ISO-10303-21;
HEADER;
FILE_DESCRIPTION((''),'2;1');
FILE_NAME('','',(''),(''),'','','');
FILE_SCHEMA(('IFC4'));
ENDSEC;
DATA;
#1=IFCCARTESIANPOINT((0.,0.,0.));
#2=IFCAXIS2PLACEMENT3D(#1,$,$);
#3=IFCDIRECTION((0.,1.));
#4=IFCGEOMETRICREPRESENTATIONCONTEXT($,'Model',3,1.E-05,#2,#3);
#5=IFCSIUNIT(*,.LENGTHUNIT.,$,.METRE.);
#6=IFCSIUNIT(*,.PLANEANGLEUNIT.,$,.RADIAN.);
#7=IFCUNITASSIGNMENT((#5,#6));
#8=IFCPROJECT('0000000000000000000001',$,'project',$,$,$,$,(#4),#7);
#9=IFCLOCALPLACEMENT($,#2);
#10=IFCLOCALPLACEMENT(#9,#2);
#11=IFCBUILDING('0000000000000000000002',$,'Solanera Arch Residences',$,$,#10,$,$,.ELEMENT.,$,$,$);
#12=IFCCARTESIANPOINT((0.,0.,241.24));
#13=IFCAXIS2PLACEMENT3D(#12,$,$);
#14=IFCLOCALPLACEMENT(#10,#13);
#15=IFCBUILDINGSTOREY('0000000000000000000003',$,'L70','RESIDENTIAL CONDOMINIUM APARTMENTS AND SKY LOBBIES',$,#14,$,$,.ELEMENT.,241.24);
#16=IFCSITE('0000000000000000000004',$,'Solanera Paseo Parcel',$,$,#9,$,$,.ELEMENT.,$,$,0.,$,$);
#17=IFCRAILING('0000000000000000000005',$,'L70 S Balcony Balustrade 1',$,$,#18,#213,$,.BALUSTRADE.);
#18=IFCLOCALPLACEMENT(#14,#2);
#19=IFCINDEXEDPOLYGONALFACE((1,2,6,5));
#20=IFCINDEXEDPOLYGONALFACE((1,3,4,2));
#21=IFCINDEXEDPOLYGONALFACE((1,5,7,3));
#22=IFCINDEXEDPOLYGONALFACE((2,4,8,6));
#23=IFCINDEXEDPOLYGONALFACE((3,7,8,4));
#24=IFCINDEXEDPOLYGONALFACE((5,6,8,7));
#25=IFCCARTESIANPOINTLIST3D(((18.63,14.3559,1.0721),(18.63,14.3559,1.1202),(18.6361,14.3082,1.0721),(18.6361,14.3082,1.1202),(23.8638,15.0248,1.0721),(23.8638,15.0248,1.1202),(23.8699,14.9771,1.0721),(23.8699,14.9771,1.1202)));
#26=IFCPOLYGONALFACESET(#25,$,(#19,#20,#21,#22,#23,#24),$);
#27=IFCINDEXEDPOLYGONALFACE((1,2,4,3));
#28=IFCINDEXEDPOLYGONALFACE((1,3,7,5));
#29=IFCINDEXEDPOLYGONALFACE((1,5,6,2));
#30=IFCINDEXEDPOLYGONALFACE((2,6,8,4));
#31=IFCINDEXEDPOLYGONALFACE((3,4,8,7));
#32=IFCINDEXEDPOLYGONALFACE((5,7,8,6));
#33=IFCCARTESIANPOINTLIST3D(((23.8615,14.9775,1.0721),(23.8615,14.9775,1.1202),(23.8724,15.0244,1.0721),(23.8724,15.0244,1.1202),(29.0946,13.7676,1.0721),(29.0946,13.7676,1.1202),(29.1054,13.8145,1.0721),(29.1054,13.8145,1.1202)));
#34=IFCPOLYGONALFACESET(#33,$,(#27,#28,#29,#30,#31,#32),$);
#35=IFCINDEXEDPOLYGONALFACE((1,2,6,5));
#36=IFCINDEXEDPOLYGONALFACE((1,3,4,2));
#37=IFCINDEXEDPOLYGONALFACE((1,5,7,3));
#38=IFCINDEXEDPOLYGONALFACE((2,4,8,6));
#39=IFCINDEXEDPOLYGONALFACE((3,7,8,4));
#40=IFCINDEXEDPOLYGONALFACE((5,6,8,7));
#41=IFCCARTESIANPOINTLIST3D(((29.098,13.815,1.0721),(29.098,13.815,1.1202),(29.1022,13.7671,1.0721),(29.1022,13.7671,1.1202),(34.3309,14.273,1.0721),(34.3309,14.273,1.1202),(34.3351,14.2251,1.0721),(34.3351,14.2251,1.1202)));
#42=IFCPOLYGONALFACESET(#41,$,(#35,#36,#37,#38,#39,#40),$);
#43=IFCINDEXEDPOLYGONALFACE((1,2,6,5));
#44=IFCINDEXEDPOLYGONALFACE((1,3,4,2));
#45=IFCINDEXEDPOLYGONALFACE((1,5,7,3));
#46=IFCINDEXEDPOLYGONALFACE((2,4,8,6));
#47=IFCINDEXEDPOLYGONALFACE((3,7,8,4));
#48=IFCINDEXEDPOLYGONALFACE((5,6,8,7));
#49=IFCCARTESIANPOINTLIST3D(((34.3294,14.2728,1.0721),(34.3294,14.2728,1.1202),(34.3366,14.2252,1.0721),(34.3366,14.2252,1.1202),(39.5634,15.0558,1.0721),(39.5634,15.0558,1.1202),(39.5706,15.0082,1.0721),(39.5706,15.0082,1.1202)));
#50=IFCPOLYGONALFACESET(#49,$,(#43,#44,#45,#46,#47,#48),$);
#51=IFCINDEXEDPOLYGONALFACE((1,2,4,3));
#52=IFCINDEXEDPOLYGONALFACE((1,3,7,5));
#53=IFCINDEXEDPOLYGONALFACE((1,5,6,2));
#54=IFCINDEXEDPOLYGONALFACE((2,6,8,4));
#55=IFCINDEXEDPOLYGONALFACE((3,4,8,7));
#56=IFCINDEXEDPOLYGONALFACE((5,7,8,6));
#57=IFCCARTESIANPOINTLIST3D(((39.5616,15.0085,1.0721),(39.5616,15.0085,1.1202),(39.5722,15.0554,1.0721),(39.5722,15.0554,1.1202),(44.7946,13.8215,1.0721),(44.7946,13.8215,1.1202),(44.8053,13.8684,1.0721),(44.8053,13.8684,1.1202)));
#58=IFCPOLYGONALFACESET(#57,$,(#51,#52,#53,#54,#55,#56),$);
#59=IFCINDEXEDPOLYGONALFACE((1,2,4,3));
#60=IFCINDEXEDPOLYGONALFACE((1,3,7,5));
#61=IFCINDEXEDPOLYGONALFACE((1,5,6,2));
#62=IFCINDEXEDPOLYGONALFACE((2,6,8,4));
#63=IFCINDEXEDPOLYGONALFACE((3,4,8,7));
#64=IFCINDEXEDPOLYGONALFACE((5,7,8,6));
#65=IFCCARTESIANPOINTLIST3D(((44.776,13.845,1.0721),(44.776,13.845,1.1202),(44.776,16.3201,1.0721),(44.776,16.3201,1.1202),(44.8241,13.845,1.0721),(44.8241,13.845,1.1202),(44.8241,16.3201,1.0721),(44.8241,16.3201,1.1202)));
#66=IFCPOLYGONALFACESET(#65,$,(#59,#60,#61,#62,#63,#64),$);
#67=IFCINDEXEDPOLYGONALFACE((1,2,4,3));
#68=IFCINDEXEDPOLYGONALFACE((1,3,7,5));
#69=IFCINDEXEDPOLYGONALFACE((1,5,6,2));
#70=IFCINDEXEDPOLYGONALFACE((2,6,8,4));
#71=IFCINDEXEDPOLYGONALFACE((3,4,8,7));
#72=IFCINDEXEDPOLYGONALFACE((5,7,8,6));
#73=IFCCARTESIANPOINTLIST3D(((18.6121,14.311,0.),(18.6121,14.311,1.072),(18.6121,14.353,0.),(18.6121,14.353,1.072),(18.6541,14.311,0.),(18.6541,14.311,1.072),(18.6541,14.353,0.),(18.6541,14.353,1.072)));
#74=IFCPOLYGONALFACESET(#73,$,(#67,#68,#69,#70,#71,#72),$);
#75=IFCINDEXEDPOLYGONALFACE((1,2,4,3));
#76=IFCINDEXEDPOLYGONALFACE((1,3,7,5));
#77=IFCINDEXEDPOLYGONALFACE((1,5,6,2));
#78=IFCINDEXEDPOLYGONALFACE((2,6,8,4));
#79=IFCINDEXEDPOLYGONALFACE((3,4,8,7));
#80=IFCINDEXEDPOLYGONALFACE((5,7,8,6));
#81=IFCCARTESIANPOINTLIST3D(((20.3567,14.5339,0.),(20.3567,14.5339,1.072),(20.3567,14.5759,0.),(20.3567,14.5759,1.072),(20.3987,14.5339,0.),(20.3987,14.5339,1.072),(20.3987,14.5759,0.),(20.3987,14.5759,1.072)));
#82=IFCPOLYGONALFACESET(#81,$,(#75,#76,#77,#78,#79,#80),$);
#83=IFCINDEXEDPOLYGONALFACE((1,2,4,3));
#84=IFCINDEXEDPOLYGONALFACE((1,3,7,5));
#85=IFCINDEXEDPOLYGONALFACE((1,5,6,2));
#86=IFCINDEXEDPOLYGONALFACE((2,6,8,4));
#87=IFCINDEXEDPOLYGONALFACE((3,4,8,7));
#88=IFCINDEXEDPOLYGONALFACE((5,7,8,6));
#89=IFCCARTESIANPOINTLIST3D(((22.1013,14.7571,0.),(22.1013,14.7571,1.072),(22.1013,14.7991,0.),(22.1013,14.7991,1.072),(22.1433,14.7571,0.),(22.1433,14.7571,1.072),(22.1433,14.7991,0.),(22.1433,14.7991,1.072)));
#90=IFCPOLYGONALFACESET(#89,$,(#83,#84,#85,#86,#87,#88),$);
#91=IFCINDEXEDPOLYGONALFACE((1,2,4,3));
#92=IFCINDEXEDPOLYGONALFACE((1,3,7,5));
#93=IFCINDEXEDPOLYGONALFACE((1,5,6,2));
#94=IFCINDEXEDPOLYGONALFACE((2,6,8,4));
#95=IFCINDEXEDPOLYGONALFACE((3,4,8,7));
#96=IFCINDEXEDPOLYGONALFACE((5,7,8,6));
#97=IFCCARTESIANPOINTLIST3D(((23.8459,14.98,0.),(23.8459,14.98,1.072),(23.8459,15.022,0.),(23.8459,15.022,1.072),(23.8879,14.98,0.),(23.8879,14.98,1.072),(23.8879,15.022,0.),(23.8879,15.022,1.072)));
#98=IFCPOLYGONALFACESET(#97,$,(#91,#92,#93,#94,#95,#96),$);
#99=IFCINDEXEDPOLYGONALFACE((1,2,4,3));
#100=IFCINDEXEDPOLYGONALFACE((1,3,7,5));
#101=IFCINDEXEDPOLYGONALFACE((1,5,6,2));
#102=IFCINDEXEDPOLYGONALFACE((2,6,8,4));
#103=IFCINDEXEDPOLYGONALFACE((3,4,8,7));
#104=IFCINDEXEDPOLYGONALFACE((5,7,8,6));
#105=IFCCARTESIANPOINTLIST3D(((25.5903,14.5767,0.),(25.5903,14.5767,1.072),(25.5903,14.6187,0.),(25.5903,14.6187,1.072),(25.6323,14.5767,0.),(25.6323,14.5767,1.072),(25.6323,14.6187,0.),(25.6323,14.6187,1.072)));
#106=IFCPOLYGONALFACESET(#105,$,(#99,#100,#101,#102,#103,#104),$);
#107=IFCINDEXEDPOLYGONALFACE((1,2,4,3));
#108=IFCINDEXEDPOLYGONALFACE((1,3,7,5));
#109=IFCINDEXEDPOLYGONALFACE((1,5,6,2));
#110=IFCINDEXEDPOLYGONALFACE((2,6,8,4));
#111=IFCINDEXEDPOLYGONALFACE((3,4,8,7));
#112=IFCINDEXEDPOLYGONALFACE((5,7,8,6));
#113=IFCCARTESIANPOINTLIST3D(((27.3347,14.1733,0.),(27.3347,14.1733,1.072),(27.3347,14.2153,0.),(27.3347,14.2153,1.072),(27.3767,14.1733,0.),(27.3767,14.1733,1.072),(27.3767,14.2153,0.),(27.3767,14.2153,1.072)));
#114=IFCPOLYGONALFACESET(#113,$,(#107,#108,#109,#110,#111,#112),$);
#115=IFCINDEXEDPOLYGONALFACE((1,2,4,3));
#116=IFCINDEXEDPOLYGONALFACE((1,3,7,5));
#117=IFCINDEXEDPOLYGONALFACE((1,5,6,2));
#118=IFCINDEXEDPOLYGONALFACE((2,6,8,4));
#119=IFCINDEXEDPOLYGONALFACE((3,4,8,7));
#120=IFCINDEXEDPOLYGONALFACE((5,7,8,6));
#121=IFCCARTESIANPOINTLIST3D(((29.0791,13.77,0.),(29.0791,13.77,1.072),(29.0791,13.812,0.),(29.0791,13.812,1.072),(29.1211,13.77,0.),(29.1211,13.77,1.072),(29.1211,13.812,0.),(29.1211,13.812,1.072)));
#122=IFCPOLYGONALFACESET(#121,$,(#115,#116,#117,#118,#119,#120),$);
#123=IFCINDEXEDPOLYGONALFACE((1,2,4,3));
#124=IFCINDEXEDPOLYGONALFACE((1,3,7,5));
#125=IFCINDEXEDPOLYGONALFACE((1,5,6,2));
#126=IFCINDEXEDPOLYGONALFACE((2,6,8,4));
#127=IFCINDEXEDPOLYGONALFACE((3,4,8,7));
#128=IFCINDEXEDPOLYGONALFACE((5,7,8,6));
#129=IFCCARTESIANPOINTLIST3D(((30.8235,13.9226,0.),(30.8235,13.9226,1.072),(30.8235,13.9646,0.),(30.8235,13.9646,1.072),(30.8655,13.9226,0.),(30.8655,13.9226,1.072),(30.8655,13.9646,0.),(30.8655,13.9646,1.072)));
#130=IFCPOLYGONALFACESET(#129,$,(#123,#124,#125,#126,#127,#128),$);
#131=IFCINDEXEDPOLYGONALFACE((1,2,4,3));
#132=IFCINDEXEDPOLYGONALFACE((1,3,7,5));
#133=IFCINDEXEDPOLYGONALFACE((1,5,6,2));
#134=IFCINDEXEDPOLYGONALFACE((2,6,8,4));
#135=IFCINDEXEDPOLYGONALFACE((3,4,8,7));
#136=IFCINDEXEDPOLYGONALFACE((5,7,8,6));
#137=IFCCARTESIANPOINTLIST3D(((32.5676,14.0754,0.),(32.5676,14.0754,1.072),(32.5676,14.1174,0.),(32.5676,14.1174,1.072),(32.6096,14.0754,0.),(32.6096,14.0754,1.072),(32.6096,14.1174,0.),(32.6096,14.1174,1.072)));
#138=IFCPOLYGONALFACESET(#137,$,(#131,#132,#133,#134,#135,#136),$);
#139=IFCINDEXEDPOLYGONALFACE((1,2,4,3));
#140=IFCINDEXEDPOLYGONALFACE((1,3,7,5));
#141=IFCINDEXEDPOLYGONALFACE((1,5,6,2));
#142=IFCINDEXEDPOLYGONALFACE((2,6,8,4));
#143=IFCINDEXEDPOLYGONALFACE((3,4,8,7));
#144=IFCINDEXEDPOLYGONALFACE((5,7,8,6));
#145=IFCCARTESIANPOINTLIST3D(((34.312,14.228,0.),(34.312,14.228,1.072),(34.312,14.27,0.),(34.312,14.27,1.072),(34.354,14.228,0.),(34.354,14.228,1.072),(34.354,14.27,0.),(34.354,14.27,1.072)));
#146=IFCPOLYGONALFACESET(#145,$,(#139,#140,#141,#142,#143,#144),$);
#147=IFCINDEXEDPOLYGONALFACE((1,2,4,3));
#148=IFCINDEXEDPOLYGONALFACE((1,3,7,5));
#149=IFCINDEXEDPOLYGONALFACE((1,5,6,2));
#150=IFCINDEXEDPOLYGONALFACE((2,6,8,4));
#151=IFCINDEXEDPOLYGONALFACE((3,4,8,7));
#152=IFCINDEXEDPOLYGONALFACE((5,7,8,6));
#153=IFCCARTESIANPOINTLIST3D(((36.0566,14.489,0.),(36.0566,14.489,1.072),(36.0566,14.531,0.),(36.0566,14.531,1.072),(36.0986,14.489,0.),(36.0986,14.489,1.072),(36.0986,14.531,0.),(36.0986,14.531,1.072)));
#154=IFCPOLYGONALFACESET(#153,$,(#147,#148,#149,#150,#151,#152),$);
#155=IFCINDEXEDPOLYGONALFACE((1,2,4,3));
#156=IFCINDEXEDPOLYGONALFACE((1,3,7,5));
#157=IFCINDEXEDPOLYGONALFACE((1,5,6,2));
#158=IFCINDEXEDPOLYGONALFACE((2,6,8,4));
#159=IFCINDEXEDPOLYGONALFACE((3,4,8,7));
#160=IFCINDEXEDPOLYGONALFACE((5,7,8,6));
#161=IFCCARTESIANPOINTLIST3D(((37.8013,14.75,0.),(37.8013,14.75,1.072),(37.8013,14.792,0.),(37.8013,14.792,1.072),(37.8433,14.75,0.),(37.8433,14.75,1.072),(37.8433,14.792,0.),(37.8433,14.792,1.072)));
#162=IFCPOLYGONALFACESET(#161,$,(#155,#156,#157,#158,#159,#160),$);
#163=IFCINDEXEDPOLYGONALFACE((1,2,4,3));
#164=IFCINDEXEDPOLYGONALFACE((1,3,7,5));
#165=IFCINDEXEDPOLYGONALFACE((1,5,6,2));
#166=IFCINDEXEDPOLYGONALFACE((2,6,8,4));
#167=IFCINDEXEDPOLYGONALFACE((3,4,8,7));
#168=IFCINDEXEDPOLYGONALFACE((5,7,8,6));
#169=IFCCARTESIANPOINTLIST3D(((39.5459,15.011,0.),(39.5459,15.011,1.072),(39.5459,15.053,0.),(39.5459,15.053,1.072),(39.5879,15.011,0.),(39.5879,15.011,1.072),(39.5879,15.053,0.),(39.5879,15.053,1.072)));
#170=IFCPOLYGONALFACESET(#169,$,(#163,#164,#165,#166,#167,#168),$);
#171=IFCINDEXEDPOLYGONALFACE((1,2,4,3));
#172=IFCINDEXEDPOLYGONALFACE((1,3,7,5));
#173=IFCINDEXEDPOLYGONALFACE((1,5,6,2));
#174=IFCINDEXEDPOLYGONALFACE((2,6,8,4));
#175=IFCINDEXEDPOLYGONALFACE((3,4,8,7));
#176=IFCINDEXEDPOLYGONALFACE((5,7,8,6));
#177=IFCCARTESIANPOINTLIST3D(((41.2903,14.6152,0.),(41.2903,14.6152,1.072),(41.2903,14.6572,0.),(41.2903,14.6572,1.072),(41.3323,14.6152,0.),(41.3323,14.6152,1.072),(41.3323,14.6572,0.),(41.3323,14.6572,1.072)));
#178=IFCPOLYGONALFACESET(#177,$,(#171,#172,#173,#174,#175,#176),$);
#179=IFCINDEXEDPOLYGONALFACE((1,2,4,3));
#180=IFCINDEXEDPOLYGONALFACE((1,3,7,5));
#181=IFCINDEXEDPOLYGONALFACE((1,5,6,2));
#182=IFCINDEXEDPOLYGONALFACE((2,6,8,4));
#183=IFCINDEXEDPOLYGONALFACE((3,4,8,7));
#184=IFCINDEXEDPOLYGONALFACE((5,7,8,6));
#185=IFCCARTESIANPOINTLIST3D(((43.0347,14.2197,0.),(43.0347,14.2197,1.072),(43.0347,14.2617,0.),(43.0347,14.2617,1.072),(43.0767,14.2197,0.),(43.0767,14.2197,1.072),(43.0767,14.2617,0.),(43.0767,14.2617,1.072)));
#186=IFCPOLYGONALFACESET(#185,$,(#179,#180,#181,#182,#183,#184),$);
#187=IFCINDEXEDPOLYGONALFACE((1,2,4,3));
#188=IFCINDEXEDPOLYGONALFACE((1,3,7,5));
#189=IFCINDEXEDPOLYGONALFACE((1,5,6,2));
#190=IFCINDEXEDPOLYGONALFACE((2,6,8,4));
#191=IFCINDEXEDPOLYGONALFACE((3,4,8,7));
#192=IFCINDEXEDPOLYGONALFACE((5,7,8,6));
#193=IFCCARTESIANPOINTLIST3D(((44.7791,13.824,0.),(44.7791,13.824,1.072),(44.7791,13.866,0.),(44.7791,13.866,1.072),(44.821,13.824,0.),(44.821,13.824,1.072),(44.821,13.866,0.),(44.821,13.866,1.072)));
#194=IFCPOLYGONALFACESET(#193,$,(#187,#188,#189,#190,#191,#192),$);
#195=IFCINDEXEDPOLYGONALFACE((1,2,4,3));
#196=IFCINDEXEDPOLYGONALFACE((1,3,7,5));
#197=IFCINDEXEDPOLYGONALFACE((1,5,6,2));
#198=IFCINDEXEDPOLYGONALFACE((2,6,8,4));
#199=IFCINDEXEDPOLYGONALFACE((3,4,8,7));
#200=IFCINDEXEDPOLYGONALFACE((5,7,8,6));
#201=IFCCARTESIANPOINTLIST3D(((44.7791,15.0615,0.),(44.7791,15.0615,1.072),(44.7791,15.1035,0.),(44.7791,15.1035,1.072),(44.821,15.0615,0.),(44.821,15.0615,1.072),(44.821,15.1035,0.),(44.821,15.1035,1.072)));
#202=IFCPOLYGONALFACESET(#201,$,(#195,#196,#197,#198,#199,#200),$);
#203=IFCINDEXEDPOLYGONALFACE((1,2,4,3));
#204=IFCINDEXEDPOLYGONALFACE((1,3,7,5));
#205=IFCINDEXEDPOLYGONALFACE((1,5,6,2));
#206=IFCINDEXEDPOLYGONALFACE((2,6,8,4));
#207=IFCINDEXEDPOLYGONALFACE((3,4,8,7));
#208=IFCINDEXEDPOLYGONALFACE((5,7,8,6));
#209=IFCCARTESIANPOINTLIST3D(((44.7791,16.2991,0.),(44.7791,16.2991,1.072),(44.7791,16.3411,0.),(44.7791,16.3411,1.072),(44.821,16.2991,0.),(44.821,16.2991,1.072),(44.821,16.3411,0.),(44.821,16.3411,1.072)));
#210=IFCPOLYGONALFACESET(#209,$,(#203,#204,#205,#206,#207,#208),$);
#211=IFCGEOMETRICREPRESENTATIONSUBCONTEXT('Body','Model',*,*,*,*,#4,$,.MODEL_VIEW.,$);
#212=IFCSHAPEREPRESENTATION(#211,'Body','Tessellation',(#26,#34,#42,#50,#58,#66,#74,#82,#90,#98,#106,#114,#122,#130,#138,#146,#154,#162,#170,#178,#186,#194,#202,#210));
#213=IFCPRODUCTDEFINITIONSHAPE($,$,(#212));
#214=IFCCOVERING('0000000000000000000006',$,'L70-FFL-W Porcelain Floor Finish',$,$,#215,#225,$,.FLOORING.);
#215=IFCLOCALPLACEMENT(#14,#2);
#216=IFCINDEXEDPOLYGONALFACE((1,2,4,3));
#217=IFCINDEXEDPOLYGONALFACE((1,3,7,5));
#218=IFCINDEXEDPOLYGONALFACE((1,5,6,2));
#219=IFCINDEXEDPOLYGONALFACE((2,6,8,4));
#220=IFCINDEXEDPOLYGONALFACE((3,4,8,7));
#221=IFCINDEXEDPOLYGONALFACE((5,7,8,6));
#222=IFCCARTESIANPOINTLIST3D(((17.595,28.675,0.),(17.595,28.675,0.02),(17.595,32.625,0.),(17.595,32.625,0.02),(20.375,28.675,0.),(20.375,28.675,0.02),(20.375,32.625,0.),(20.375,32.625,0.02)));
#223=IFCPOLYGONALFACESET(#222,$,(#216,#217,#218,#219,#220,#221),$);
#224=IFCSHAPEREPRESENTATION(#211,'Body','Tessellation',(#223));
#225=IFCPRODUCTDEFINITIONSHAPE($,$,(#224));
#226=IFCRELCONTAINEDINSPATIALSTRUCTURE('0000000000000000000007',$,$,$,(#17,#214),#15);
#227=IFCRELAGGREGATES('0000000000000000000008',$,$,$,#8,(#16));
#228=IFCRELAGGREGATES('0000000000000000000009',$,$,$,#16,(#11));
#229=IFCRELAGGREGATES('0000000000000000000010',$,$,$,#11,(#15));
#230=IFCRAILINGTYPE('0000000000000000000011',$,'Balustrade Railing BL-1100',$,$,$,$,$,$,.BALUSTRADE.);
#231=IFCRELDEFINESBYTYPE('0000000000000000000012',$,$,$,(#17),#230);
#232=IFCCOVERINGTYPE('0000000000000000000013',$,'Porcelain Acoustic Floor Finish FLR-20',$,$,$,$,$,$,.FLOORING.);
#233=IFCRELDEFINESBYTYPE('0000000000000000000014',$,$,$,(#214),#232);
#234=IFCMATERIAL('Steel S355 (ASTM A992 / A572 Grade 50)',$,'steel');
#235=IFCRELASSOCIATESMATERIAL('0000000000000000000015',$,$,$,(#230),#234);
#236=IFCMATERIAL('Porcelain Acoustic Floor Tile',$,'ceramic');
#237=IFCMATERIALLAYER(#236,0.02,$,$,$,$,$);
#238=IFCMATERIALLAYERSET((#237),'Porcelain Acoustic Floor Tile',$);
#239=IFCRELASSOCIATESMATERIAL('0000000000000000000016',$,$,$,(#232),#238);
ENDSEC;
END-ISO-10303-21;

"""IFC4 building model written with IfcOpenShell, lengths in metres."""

from ifc_helpers import new_model, si_unit, direction, frame, origin, origin_2d, place, context, subcontext, project, spatial, polyline, rectangle, outline, extrude, material, layer, layer_set, type_object, element, save


model = new_model("IFC4")

# Units and contexts
model_context = context("Model", 3, precision=1e-05, world=origin(), true_north=direction((0.0, 1.0)))
body_context = subcontext(model_context, "Body", "Model", "MODEL_VIEW")
ifc_project = project(units=[si_unit("LENGTHUNIT", "METRE"), si_unit("PLANEANGLEUNIT", "RADIAN")], contexts=[model_context])

# Site, building, storey
site_placement = place(None, origin())
site = spatial("IfcSite", under=ifc_project, at=site_placement, Name="Solanera Paseo Parcel", CompositionType="ELEMENT", RefElevation=0.0)
building_placement = place(site_placement, origin())
building = spatial("IfcBuilding", under=site, at=building_placement, Name="Solanera Arch Residences", CompositionType="ELEMENT")
storey_placement = place(building_placement, frame((0.0, 0.0, 241.24)))
storey = spatial("IfcBuildingStorey", under=building, at=storey_placement, Name="L70", Description="RESIDENTIAL CONDOMINIUM APARTMENTS AND SKY LOBBIES", CompositionType="ELEMENT", Elevation=241.24)

# Railing
ifc_material_1 = material(Name="Steel S355 (ASTM A992 / A572 Grade 50)", Category="steel")
railing_type = type_object("IfcRailingType", Name="Balustrade Railing BL-1100", PredefinedType="BALUSTRADE", material=ifc_material_1)
railing_placement = place(storey_placement, frame((18.6331, 14.332, 0.0)))
element("IfcRailing", 1, at=railing_placement, inside=storey, type_object=railing_type, Name="L70 S Balcony Balustrade 1", PredefinedType="BALUSTRADE", context=body_context, shape_type="SweptSolid", body=[
    extrude(rectangle(XDim=0.0481, YDim=0.0481, at=origin_2d()), frame((0.0, 0.0, 1.0962), z_axis=(0.991931, 0.126779, 0.0), x_axis=(-0.126779, 0.991931, 0.0)), (0.0, 0.0, 1.0), 5.2764),
    extrude(rectangle(XDim=0.0481, YDim=0.0481, at=origin_2d()), frame((5.2339, 0.6689, 1.0962), z_axis=(0.974297, -0.225268, 0.0), x_axis=(0.225268, 0.974297, 0.0)), (0.0, 0.0, 1.0), 5.3711),
    extrude(rectangle(XDim=0.0481, YDim=0.0481, at=origin_2d()), frame((10.467, -0.541, 1.0962), z_axis=(0.996192, 0.087191, 0.0), x_axis=(-0.087191, 0.996192, 0.0)), (0.0, 0.0, 1.0), 5.2529),
    extrude(rectangle(XDim=0.0481, YDim=0.0481, at=origin_2d()), frame((15.7, -0.083, 1.0962), z_axis=(0.988995, 0.147948, 0.0), x_axis=(-0.147948, 0.988995, 0.0)), (0.0, 0.0, 1.0), 5.2922),
    extrude(rectangle(XDim=0.0481, YDim=0.0481, at=origin_2d()), frame((20.9338, 0.7, 1.0962), z_axis=(0.975227, -0.221206, 0.0), x_axis=(0.221206, 0.975227, 0.0)), (0.0, 0.0, 1.0), 5.366),
    extrude(rectangle(XDim=0.0481, YDim=0.0481, at=origin_2d()), frame((26.167, -0.4871, 1.0962), z_axis=(0.0, 1.0, 0.0), x_axis=(-1.0, 0.0, 0.0)), (0.0, 0.0, 1.0), 2.4751),
    extrude(rectangle(XDim=0.042, YDim=0.042, at=origin_2d()), origin(), (0.0, 0.0, 1.0), 1.072),
    extrude(rectangle(XDim=0.042, YDim=0.042, at=origin_2d()), frame((1.7446, 0.2229, 0.0)), (0.0, 0.0, 1.0), 1.072),
    extrude(rectangle(XDim=0.042, YDim=0.042, at=origin_2d()), frame((3.4893, 0.446, 0.0)), (0.0, 0.0, 1.0), 1.072),
    extrude(rectangle(XDim=0.042, YDim=0.042, at=origin_2d()), frame((5.2339, 0.6689, 0.0)), (0.0, 0.0, 1.0), 1.072),
    extrude(rectangle(XDim=0.042, YDim=0.042, at=origin_2d()), frame((6.9783, 0.2656, 0.0)), (0.0, 0.0, 1.0), 1.072),
    extrude(rectangle(XDim=0.042, YDim=0.042, at=origin_2d()), frame((8.7227, -0.1377, 0.0)), (0.0, 0.0, 1.0), 1.072),
    extrude(rectangle(XDim=0.042, YDim=0.042, at=origin_2d()), frame((10.467, -0.541, 0.0)), (0.0, 0.0, 1.0), 1.072),
    extrude(rectangle(XDim=0.042, YDim=0.042, at=origin_2d()), frame((12.2114, -0.3884, 0.0)), (0.0, 0.0, 1.0), 1.072),
    extrude(rectangle(XDim=0.042, YDim=0.042, at=origin_2d()), frame((13.9556, -0.2356, 0.0)), (0.0, 0.0, 1.0), 1.072),
    extrude(rectangle(XDim=0.042, YDim=0.042, at=origin_2d()), frame((15.7, -0.083, 0.0)), (0.0, 0.0, 1.0), 1.072),
    extrude(rectangle(XDim=0.042, YDim=0.042, at=origin_2d()), frame((17.4446, 0.178, 0.0)), (0.0, 0.0, 1.0), 1.072),
    extrude(rectangle(XDim=0.042, YDim=0.042, at=origin_2d()), frame((19.1892, 0.439, 0.0)), (0.0, 0.0, 1.0), 1.072),
    extrude(rectangle(XDim=0.042, YDim=0.042, at=origin_2d()), frame((20.9338, 0.7, 0.0)), (0.0, 0.0, 1.0), 1.072),
    extrude(rectangle(XDim=0.042, YDim=0.042, at=origin_2d()), frame((22.6782, 0.3042, 0.0)), (0.0, 0.0, 1.0), 1.072),
    extrude(rectangle(XDim=0.042, YDim=0.042, at=origin_2d()), frame((24.4226, -0.0913, 0.0)), (0.0, 0.0, 1.0), 1.072),
    extrude(rectangle(XDim=0.042, YDim=0.042, at=origin_2d()), frame((26.167, -0.4871, 0.0)), (0.0, 0.0, 1.0), 1.072),
    extrude(rectangle(XDim=0.042, YDim=0.042, at=origin_2d()), frame((26.167, 0.7505, 0.0)), (0.0, 0.0, 1.0), 1.072),
    extrude(rectangle(XDim=0.042, YDim=0.042, at=origin_2d()), frame((26.167, 1.988, 0.0)), (0.0, 0.0, 1.0), 1.072),
])

# Covering
ifc_material_2 = material(Name="Porcelain Acoustic Floor Tile", Category="ceramic")
ifc_layer_1 = layer(ifc_material_2, 0.02)
ifc_layer_set_1 = layer_set([ifc_layer_1], Name="Porcelain Acoustic Floor Tile")
covering_type_1 = type_object("IfcCoveringType", Name="Porcelain Acoustic Floor Finish FLR-20", PredefinedType="FLOORING", material=ifc_layer_set_1)
covering_1_placement = place(storey_placement, origin())
element("IfcCovering", 2, at=covering_1_placement, inside=storey, type_object=covering_type_1, Name="L70-FFL-W Porcelain Floor Finish", PredefinedType="FLOORING", context=body_context, shape_type="SweptSolid", body=[
    extrude(outline(polyline([(20.375, 28.675), (17.595, 28.675), (17.595, 32.625), (20.375, 32.625), (20.375, 28.675)])), origin(), (0.0, 0.0, 1.0), 0.02),
])

save(model, "model.ifc")
